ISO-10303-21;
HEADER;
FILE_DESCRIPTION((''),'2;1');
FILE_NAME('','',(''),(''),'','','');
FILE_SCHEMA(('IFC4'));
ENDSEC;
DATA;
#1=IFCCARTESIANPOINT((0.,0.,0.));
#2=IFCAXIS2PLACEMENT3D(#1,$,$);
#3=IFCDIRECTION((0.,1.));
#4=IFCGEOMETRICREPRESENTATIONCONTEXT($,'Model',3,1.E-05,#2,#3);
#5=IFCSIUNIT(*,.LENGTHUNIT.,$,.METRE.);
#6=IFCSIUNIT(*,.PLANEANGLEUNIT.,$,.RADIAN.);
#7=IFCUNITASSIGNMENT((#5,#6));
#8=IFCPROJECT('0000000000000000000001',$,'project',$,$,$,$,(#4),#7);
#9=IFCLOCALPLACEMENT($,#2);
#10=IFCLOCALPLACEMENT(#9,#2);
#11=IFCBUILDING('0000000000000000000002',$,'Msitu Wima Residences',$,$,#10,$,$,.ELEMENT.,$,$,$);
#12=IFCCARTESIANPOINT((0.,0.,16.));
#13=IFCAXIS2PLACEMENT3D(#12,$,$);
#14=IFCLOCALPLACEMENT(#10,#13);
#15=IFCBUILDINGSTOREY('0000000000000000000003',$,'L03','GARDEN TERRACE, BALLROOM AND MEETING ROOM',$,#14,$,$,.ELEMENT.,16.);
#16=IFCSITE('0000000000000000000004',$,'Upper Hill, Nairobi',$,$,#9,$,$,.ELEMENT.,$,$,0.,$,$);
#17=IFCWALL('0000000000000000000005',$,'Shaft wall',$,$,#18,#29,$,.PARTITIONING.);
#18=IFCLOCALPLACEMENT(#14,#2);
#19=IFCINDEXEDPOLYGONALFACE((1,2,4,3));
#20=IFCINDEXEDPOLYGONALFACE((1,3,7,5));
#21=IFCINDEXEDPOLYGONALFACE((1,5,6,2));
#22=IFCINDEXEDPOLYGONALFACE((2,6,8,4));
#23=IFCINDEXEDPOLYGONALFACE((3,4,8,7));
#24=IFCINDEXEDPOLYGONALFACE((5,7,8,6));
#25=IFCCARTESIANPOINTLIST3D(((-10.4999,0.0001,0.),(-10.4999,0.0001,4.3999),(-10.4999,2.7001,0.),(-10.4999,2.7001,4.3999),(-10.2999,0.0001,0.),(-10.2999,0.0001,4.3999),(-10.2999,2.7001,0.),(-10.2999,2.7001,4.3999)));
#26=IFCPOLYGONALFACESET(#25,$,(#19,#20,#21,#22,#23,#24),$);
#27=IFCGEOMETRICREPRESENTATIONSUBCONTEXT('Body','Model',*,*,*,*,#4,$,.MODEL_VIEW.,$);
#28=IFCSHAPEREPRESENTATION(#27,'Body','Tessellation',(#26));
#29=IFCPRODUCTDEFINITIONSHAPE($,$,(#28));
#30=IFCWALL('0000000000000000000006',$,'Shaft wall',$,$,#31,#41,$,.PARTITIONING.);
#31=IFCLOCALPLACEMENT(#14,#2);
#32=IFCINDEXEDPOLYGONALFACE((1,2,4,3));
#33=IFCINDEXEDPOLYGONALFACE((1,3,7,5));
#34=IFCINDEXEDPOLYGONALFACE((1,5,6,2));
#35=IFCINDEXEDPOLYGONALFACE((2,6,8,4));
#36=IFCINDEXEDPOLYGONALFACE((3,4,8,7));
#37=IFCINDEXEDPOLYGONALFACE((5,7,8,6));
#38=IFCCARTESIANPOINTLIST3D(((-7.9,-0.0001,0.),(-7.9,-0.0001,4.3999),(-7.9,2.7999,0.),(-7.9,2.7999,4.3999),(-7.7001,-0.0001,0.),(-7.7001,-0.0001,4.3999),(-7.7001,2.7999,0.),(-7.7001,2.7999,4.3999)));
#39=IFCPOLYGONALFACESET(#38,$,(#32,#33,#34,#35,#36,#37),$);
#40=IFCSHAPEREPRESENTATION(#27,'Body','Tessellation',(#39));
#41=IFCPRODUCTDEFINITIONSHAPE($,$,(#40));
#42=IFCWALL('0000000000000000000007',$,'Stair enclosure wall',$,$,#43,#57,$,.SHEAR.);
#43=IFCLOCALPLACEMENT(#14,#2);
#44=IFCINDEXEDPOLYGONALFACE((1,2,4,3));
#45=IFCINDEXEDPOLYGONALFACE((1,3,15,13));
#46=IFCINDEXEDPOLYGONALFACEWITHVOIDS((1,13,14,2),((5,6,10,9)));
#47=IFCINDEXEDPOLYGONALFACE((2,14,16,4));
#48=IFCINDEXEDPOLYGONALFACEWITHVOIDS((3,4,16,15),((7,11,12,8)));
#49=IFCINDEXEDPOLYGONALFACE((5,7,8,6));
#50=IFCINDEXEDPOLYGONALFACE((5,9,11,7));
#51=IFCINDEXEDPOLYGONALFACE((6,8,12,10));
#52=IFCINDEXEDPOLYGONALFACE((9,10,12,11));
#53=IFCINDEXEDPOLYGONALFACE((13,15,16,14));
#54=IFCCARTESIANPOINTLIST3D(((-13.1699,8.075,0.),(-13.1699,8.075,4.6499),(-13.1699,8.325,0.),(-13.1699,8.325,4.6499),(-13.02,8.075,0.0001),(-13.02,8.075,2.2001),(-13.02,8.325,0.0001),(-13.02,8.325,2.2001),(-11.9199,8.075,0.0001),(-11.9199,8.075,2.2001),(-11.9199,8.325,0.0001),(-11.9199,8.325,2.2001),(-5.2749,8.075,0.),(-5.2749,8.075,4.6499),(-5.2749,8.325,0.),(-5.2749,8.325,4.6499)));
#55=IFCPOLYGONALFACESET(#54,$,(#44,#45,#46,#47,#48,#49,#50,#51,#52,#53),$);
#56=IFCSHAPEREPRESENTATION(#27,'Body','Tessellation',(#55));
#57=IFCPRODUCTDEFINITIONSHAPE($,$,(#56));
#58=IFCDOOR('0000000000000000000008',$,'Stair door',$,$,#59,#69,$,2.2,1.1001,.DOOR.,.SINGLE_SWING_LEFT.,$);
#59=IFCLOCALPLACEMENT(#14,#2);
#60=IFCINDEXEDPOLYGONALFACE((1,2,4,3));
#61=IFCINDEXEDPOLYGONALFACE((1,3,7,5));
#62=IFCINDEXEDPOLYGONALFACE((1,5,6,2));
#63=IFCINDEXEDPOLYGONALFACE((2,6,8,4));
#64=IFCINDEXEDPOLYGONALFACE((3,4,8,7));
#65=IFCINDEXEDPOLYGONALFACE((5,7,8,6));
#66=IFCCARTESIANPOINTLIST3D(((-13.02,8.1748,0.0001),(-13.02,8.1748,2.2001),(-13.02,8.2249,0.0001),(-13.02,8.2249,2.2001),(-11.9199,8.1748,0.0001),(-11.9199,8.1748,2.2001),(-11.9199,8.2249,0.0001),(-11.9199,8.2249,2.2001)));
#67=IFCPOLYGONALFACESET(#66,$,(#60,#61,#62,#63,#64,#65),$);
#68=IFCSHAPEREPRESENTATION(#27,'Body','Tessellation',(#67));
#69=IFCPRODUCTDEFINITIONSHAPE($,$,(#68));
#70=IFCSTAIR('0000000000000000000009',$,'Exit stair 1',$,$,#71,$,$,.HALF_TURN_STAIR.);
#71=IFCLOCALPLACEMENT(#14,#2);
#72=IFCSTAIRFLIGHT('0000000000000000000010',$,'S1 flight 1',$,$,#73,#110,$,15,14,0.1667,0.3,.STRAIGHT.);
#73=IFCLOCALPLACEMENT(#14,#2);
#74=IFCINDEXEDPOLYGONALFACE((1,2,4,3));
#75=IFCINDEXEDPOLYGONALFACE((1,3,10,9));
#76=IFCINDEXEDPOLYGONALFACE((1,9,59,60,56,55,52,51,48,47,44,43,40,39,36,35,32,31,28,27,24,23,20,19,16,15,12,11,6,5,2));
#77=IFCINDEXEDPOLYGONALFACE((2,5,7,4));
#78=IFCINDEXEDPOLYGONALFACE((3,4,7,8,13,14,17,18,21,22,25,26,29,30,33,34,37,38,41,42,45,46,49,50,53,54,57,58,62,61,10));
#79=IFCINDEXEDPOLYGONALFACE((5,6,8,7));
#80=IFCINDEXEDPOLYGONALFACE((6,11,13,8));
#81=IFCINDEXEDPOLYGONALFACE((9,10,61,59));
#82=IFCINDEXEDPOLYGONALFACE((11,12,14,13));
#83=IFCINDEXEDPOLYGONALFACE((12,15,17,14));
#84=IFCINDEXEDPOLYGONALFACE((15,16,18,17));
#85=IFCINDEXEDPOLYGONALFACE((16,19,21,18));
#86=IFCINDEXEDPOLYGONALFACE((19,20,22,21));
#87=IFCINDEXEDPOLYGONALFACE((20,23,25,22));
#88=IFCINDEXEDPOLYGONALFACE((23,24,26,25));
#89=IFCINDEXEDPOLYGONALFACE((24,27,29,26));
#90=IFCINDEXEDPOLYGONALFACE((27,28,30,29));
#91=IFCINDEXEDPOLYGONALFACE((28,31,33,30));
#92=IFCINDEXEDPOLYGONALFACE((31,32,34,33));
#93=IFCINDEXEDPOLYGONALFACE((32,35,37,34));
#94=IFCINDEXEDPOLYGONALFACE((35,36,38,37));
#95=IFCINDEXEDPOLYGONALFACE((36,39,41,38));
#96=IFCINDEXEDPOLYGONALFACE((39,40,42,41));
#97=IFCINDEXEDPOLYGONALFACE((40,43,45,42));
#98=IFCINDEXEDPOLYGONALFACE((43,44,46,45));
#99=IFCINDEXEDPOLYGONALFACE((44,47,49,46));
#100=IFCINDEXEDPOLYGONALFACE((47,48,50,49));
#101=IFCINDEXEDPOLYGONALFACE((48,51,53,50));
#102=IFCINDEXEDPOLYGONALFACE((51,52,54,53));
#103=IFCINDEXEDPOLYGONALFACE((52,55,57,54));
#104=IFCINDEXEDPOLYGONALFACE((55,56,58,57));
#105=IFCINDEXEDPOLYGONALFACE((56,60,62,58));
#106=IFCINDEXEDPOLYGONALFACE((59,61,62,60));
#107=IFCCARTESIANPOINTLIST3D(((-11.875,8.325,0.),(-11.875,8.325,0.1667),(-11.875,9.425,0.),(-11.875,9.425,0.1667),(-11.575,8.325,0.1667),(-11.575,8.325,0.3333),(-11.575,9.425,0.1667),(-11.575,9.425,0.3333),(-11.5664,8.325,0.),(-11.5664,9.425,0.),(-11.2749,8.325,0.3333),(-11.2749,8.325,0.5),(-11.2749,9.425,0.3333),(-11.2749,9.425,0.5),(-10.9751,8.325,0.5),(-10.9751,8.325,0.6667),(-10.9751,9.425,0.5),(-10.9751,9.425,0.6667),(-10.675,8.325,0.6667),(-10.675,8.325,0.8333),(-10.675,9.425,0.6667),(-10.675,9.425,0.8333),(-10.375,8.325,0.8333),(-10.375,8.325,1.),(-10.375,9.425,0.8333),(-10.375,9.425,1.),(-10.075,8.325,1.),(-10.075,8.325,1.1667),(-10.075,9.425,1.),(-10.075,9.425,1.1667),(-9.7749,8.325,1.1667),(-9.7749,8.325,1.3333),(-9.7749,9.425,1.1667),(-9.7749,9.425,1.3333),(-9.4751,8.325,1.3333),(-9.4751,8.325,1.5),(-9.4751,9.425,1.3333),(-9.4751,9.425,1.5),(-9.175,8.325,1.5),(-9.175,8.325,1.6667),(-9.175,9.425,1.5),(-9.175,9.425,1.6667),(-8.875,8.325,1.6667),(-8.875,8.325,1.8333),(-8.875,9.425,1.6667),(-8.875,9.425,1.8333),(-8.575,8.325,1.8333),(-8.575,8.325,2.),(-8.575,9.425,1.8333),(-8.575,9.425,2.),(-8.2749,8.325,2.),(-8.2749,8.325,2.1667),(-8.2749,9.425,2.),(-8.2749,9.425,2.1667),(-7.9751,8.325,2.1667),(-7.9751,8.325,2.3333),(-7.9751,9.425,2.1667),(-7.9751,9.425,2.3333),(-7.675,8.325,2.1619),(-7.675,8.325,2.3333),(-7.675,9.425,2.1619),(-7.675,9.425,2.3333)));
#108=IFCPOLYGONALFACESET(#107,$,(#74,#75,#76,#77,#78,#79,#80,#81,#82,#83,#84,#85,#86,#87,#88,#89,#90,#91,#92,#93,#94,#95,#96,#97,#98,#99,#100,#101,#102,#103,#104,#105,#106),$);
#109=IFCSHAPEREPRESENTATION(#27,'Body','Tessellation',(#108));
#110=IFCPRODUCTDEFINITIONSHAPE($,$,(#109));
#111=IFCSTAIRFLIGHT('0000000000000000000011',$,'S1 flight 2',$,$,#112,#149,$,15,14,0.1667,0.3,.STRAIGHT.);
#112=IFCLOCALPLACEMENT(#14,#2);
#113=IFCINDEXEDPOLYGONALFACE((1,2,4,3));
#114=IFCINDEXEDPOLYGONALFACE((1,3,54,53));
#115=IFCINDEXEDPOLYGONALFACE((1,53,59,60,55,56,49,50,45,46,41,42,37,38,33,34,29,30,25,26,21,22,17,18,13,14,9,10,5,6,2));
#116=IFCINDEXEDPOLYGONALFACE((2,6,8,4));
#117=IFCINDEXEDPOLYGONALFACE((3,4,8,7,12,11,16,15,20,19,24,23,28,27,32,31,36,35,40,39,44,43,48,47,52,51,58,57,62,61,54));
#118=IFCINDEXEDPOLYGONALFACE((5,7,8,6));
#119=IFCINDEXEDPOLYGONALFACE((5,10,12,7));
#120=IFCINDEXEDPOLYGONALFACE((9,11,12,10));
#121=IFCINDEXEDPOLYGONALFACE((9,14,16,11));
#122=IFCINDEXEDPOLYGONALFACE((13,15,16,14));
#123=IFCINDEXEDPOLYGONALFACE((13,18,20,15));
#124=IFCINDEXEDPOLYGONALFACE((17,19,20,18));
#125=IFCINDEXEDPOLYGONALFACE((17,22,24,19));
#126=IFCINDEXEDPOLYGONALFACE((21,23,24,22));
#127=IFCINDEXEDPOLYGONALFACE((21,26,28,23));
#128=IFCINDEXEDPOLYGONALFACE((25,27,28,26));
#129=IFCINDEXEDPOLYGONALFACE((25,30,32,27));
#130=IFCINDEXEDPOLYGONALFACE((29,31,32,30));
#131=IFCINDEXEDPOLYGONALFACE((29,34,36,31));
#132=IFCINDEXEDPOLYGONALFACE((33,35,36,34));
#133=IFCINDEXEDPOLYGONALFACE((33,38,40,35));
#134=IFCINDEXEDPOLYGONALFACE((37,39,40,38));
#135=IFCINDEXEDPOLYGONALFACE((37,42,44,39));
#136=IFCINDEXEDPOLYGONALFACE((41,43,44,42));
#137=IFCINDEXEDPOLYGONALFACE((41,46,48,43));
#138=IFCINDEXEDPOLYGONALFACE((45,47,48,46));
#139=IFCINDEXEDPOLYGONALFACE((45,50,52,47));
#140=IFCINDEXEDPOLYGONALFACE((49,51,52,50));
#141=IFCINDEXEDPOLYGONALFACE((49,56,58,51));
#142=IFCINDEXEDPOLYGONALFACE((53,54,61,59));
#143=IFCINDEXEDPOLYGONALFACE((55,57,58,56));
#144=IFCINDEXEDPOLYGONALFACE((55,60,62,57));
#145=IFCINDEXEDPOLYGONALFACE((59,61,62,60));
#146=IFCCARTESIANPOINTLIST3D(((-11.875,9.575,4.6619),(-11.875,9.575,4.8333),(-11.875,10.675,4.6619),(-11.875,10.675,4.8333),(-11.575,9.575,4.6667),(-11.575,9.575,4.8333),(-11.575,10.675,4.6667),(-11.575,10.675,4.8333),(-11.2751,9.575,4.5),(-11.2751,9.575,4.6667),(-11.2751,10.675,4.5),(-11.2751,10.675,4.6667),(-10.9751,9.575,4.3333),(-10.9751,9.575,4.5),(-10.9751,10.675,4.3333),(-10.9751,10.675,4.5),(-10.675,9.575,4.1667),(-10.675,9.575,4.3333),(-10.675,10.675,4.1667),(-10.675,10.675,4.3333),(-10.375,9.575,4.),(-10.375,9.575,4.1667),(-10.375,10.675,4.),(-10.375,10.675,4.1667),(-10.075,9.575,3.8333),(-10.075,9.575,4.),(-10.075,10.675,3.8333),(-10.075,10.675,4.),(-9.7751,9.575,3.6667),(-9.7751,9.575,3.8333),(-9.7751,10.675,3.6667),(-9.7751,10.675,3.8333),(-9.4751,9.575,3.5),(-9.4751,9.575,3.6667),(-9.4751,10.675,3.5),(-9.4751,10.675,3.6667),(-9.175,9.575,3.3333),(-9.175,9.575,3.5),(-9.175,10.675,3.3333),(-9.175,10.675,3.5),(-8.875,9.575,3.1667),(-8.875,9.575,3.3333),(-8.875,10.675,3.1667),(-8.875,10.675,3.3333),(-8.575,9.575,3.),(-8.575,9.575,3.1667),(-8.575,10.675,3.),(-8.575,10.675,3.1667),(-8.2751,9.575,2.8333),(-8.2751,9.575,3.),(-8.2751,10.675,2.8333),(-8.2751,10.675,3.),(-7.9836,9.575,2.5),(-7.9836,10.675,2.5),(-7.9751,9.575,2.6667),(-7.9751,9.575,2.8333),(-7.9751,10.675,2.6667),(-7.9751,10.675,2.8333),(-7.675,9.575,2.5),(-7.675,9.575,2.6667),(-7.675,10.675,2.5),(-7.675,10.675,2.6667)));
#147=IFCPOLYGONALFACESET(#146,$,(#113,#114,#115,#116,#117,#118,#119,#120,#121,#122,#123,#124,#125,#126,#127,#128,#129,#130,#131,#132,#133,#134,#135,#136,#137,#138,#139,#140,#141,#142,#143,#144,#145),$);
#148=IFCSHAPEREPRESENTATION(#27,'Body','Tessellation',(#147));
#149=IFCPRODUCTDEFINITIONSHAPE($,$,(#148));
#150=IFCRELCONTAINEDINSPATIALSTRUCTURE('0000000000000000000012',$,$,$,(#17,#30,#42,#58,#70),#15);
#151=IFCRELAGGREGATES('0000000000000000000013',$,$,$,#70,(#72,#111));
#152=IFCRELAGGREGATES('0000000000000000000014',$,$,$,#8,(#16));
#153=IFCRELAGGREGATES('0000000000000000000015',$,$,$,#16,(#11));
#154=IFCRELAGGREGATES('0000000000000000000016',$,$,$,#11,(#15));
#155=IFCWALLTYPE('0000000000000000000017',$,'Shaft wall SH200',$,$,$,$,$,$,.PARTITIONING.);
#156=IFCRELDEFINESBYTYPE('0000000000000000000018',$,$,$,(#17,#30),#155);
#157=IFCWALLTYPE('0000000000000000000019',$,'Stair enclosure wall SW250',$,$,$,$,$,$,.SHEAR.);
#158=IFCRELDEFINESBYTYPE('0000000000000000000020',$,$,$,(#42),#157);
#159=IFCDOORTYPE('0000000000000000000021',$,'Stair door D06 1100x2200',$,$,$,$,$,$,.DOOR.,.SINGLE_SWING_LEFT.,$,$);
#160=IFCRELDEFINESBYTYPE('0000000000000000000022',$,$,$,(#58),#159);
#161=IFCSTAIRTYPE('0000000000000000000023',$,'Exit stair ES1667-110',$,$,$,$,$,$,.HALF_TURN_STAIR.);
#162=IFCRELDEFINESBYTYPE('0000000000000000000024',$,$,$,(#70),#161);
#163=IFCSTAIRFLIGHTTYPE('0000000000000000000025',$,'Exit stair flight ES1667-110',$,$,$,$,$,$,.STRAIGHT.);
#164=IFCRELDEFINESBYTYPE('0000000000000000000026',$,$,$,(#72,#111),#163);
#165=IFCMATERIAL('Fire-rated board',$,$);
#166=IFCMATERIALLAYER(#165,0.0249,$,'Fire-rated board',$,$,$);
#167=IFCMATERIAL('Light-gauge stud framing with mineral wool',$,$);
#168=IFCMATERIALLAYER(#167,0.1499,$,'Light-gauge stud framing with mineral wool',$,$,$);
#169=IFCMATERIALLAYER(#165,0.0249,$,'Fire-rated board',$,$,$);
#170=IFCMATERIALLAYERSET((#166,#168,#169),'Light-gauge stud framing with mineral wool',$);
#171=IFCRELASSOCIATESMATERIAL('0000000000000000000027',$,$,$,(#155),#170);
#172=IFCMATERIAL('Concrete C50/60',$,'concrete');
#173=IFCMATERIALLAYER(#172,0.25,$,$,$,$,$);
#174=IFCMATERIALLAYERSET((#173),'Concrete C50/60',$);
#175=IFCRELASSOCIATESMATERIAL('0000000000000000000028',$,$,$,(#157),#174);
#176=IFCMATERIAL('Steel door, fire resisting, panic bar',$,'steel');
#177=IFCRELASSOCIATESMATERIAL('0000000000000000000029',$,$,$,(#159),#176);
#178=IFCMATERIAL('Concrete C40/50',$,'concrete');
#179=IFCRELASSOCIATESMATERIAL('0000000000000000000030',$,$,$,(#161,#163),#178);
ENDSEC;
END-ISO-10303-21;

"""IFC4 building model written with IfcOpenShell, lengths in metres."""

from ifc_helpers import new_model, si_unit, direction, frame, frame_2d, origin, place, context, subcontext, project, spatial, polyline, rectangle, outline, extrude, material, layer, layer_set, type_object, element, fill, aggregate, save


model = new_model("IFC4")

# Units and contexts
model_context = context("Model", 3, precision=1e-05, world=origin(), true_north=direction((0.0, 1.0)))
body_context = subcontext(model_context, "Body", "Model", "MODEL_VIEW")
ifc_project = project(units=[si_unit("LENGTHUNIT", "METRE"), si_unit("PLANEANGLEUNIT", "RADIAN")], contexts=[model_context])

# Site, building, storey
site_placement = place(None, origin())
site = spatial("IfcSite", under=ifc_project, at=site_placement, Name="Upper Hill, Nairobi", CompositionType="ELEMENT", RefElevation=0.0)
building_placement = place(site_placement, origin())
building = spatial("IfcBuilding", under=site, at=building_placement, Name="Msitu Wima Residences", CompositionType="ELEMENT")
storey_placement = place(building_placement, frame((0.0, 0.0, 16.0)))
storey = spatial("IfcBuildingStorey", under=building, at=storey_placement, Name="L03", Description="GARDEN TERRACE, BALLROOM AND MEETING ROOM", CompositionType="ELEMENT", Elevation=16.0)

# Shared definitions
ifc_material_1 = material(Name="Fire-rated board")
ifc_layer_1 = layer(ifc_material_1, 0.0249, Name="Fire-rated board")
ifc_material_2 = material(Name="Light-gauge stud framing with mineral wool")
ifc_layer_2 = layer(ifc_material_2, 0.1499, Name="Light-gauge stud framing with mineral wool")
ifc_layer_3 = layer(ifc_material_1, 0.0249, Name="Fire-rated board")
ifc_layer_set_1 = layer_set([ifc_layer_1, ifc_layer_2, ifc_layer_3], Name="Light-gauge stud framing with mineral wool")
wall_type_1 = type_object("IfcWallType", Name="Shaft wall SH200", PredefinedType="PARTITIONING", material=ifc_layer_set_1)

# Walls
wall_1_placement = place(storey_placement, frame((-10.3999, 0.0, 0.0), z_axis=(0.0, 0.0, 1.0), x_axis=(0.0, 1.0, 0.0)))
element("IfcWall", 1, at=wall_1_placement, inside=storey, type_object=wall_type_1, Name="Shaft wall", PredefinedType="PARTITIONING", context=body_context, shape_type="SweptSolid", body=[
    extrude(rectangle(XDim=2.7, YDim=0.2, at=frame_2d((1.3501, 0.0))), origin(), (0.0, 0.0, 1.0), 4.3999),
])
wall_2_placement = place(storey_placement, frame((-7.8, 0.0, 0.0), z_axis=(0.0, 0.0, 1.0), x_axis=(0.0, 1.0, 0.0)))
element("IfcWall", 2, at=wall_2_placement, inside=storey, type_object=wall_type_1, Name="Shaft wall", PredefinedType="PARTITIONING", context=body_context, shape_type="SweptSolid", body=[
    extrude(rectangle(XDim=2.8, YDim=0.2, at=frame_2d((1.3999, 0.0))), origin(), (0.0, 0.0, 1.0), 4.3999),
])

# Wall, opening, door
ifc_material_3 = material(Name="Concrete C50/60", Category="concrete")
ifc_layer_4 = layer(ifc_material_3, 0.25)
ifc_layer_set_2 = layer_set([ifc_layer_4], Name="Concrete C50/60")
wall_type_2 = type_object("IfcWallType", Name="Stair enclosure wall SW250", PredefinedType="SHEAR", material=ifc_layer_set_2)
wall_3_placement = place(storey_placement, frame((-13.1699, 8.2, 0.0), z_axis=(0.0, 0.0, 1.0), x_axis=(1.0, 0.0, 0.0)))
wall_3 = element("IfcWall", 3, at=wall_3_placement, inside=storey, type_object=wall_type_2, Name="Stair enclosure wall", PredefinedType="SHEAR", context=body_context, shape_type="SweptSolid", body=[
    extrude(rectangle(XDim=7.895, YDim=0.25, at=frame_2d((3.9475, 0.0))), origin(), (0.0, 0.0, 1.0), 4.6499),
])
opening_1_placement = place(wall_3_placement, frame((0.1499, 0.0, 0.0)))
opening_1 = element("IfcOpeningElement", 4, at=opening_1_placement, cuts=wall_3, PredefinedType="OPENING", context=body_context, shape_type="SweptSolid", body=[
    extrude(rectangle(XDim=1.1001, YDim=2.2, at=frame_2d((0.55, 1.1001))), frame((0.0, 0.135, 0.0), z_axis=(0.0, -1.0, 0.0), x_axis=(1.0, 0.0, 0.0)), (0.0, 0.0, 1.0), 0.27),
])
ifc_material_4 = material(Name="Steel door, fire resisting, panic bar", Category="steel")
door_type_1 = type_object("IfcDoorType", Name="Stair door D06 1100x2200", OperationType="SINGLE_SWING_LEFT", PredefinedType="DOOR", material=ifc_material_4)
door_1_placement = place(opening_1_placement, origin())
door_1 = element("IfcDoor", 5, at=door_1_placement, inside=storey, type_object=door_type_1, Name="Stair door", OperationType="SINGLE_SWING_LEFT", OverallHeight=2.2, OverallWidth=1.1001, PredefinedType="DOOR", context=body_context, shape_type="SweptSolid", body=[
    extrude(rectangle(XDim=1.1001, YDim=2.2, at=frame_2d((0.55, 1.1001))), frame((0.0, 0.0249, 0.0), z_axis=(0.0, -1.0, 0.0), x_axis=(1.0, 0.0, 0.0)), (0.0, 0.0, 1.0), 0.05),
])
fill(opening_1, door_1)

# Stair, stair flights
ifc_material_5 = material(Name="Concrete C40/50", Category="concrete")
stair_type = type_object("IfcStairType", Name="Exit stair ES1667-110", PredefinedType="HALF_TURN_STAIR", material=ifc_material_5)
stair_placement = place(storey_placement, origin())
stair = element("IfcStair", 6, at=stair_placement, inside=storey, type_object=stair_type, Name="Exit stair 1", PredefinedType="HALF_TURN_STAIR")
stair_flight_type = type_object("IfcStairFlightType", Name="Exit stair flight ES1667-110", PredefinedType="STRAIGHT", material=ifc_material_5)
stair_flight_1_placement = place(storey_placement, frame((-11.875, 8.875, 0.0), z_axis=(0.0, 0.0, 1.0), x_axis=(1.0, 0.0, 0.0)))
stair_flight_1 = element("IfcStairFlight", 7, at=stair_flight_1_placement, type_object=stair_flight_type, Name="S1 flight 1", NumberOfRisers=15, NumberOfTreads=14, PredefinedType="STRAIGHT", RiserHeight=0.1667, TreadLength=0.3, context=body_context, shape_type="SweptSolid", body=[
    extrude(outline(polyline([(0.0, 0.0), (0.0, 0.1667), (0.3, 0.1667), (0.3, 0.3333), (0.6001, 0.3333), (0.6001, 0.5), (0.8999, 0.5), (0.8999, 0.6667), (1.2, 0.6667), (1.2, 0.8333), (1.5, 0.8333), (1.5, 1.0), (1.8, 1.0), (1.8, 1.1667), (2.1001, 1.1667), (2.1001, 1.3333), (2.3999, 1.3333), (2.3999, 1.5), (2.7, 1.5), (2.7, 1.6667), (3.0, 1.6667), (3.0, 1.8333), (3.3, 1.8333), (3.3, 2.0), (3.6001, 2.0), (3.6001, 2.1667), (3.8999, 2.1667), (3.8999, 2.3333), (4.2, 2.3333), (4.2, 2.5), (4.2, 2.1619), (0.3086, 0.0), (0.0, 0.0)])), frame((0.0, 0.55, 0.0), z_axis=(0.0, -1.0, 0.0), x_axis=(1.0, 0.0, 0.0)), (0.0, 0.0, 1.0), 1.1001),
])
stair_flight_2_placement = place(storey_placement, frame((-7.675, 10.125, 2.5), z_axis=(0.0, 0.0, 1.0), x_axis=(-1.0, 0.0, 0.0)))
stair_flight_2 = element("IfcStairFlight", 8, at=stair_flight_2_placement, type_object=stair_flight_type, Name="S1 flight 2", NumberOfRisers=15, NumberOfTreads=14, PredefinedType="STRAIGHT", RiserHeight=0.1667, TreadLength=0.3, context=body_context, shape_type="SweptSolid", body=[
    extrude(outline(polyline([(0.0, 0.0), (0.0, 0.1667), (0.3, 0.1667), (0.3, 0.3333), (0.6001, 0.3333), (0.6001, 0.5), (0.8999, 0.5), (0.8999, 0.6667), (1.2, 0.6667), (1.2, 0.8333), (1.5, 0.8333), (1.5, 1.0), (1.8, 1.0), (1.8, 1.1667), (2.1001, 1.1667), (2.1001, 1.3333), (2.3999, 1.3333), (2.3999, 1.5), (2.7, 1.5), (2.7, 1.6667), (3.0, 1.6667), (3.0, 1.8333), (3.3, 1.8333), (3.3, 2.0), (3.6001, 2.0), (3.6001, 2.1667), (3.8999, 2.1667), (3.8999, 2.3333), (4.2, 2.3333), (4.2, 2.5), (4.2, 2.1619), (0.3086, 0.0), (0.0, 0.0)])), frame((0.0, 0.55, 0.0), z_axis=(0.0, -1.0, 0.0), x_axis=(1.0, 0.0, 0.0)), (0.0, 0.0, 1.0), 1.1001),
])
aggregate(stair, [stair_flight_1, stair_flight_2])

save(model, "model.ifc")
